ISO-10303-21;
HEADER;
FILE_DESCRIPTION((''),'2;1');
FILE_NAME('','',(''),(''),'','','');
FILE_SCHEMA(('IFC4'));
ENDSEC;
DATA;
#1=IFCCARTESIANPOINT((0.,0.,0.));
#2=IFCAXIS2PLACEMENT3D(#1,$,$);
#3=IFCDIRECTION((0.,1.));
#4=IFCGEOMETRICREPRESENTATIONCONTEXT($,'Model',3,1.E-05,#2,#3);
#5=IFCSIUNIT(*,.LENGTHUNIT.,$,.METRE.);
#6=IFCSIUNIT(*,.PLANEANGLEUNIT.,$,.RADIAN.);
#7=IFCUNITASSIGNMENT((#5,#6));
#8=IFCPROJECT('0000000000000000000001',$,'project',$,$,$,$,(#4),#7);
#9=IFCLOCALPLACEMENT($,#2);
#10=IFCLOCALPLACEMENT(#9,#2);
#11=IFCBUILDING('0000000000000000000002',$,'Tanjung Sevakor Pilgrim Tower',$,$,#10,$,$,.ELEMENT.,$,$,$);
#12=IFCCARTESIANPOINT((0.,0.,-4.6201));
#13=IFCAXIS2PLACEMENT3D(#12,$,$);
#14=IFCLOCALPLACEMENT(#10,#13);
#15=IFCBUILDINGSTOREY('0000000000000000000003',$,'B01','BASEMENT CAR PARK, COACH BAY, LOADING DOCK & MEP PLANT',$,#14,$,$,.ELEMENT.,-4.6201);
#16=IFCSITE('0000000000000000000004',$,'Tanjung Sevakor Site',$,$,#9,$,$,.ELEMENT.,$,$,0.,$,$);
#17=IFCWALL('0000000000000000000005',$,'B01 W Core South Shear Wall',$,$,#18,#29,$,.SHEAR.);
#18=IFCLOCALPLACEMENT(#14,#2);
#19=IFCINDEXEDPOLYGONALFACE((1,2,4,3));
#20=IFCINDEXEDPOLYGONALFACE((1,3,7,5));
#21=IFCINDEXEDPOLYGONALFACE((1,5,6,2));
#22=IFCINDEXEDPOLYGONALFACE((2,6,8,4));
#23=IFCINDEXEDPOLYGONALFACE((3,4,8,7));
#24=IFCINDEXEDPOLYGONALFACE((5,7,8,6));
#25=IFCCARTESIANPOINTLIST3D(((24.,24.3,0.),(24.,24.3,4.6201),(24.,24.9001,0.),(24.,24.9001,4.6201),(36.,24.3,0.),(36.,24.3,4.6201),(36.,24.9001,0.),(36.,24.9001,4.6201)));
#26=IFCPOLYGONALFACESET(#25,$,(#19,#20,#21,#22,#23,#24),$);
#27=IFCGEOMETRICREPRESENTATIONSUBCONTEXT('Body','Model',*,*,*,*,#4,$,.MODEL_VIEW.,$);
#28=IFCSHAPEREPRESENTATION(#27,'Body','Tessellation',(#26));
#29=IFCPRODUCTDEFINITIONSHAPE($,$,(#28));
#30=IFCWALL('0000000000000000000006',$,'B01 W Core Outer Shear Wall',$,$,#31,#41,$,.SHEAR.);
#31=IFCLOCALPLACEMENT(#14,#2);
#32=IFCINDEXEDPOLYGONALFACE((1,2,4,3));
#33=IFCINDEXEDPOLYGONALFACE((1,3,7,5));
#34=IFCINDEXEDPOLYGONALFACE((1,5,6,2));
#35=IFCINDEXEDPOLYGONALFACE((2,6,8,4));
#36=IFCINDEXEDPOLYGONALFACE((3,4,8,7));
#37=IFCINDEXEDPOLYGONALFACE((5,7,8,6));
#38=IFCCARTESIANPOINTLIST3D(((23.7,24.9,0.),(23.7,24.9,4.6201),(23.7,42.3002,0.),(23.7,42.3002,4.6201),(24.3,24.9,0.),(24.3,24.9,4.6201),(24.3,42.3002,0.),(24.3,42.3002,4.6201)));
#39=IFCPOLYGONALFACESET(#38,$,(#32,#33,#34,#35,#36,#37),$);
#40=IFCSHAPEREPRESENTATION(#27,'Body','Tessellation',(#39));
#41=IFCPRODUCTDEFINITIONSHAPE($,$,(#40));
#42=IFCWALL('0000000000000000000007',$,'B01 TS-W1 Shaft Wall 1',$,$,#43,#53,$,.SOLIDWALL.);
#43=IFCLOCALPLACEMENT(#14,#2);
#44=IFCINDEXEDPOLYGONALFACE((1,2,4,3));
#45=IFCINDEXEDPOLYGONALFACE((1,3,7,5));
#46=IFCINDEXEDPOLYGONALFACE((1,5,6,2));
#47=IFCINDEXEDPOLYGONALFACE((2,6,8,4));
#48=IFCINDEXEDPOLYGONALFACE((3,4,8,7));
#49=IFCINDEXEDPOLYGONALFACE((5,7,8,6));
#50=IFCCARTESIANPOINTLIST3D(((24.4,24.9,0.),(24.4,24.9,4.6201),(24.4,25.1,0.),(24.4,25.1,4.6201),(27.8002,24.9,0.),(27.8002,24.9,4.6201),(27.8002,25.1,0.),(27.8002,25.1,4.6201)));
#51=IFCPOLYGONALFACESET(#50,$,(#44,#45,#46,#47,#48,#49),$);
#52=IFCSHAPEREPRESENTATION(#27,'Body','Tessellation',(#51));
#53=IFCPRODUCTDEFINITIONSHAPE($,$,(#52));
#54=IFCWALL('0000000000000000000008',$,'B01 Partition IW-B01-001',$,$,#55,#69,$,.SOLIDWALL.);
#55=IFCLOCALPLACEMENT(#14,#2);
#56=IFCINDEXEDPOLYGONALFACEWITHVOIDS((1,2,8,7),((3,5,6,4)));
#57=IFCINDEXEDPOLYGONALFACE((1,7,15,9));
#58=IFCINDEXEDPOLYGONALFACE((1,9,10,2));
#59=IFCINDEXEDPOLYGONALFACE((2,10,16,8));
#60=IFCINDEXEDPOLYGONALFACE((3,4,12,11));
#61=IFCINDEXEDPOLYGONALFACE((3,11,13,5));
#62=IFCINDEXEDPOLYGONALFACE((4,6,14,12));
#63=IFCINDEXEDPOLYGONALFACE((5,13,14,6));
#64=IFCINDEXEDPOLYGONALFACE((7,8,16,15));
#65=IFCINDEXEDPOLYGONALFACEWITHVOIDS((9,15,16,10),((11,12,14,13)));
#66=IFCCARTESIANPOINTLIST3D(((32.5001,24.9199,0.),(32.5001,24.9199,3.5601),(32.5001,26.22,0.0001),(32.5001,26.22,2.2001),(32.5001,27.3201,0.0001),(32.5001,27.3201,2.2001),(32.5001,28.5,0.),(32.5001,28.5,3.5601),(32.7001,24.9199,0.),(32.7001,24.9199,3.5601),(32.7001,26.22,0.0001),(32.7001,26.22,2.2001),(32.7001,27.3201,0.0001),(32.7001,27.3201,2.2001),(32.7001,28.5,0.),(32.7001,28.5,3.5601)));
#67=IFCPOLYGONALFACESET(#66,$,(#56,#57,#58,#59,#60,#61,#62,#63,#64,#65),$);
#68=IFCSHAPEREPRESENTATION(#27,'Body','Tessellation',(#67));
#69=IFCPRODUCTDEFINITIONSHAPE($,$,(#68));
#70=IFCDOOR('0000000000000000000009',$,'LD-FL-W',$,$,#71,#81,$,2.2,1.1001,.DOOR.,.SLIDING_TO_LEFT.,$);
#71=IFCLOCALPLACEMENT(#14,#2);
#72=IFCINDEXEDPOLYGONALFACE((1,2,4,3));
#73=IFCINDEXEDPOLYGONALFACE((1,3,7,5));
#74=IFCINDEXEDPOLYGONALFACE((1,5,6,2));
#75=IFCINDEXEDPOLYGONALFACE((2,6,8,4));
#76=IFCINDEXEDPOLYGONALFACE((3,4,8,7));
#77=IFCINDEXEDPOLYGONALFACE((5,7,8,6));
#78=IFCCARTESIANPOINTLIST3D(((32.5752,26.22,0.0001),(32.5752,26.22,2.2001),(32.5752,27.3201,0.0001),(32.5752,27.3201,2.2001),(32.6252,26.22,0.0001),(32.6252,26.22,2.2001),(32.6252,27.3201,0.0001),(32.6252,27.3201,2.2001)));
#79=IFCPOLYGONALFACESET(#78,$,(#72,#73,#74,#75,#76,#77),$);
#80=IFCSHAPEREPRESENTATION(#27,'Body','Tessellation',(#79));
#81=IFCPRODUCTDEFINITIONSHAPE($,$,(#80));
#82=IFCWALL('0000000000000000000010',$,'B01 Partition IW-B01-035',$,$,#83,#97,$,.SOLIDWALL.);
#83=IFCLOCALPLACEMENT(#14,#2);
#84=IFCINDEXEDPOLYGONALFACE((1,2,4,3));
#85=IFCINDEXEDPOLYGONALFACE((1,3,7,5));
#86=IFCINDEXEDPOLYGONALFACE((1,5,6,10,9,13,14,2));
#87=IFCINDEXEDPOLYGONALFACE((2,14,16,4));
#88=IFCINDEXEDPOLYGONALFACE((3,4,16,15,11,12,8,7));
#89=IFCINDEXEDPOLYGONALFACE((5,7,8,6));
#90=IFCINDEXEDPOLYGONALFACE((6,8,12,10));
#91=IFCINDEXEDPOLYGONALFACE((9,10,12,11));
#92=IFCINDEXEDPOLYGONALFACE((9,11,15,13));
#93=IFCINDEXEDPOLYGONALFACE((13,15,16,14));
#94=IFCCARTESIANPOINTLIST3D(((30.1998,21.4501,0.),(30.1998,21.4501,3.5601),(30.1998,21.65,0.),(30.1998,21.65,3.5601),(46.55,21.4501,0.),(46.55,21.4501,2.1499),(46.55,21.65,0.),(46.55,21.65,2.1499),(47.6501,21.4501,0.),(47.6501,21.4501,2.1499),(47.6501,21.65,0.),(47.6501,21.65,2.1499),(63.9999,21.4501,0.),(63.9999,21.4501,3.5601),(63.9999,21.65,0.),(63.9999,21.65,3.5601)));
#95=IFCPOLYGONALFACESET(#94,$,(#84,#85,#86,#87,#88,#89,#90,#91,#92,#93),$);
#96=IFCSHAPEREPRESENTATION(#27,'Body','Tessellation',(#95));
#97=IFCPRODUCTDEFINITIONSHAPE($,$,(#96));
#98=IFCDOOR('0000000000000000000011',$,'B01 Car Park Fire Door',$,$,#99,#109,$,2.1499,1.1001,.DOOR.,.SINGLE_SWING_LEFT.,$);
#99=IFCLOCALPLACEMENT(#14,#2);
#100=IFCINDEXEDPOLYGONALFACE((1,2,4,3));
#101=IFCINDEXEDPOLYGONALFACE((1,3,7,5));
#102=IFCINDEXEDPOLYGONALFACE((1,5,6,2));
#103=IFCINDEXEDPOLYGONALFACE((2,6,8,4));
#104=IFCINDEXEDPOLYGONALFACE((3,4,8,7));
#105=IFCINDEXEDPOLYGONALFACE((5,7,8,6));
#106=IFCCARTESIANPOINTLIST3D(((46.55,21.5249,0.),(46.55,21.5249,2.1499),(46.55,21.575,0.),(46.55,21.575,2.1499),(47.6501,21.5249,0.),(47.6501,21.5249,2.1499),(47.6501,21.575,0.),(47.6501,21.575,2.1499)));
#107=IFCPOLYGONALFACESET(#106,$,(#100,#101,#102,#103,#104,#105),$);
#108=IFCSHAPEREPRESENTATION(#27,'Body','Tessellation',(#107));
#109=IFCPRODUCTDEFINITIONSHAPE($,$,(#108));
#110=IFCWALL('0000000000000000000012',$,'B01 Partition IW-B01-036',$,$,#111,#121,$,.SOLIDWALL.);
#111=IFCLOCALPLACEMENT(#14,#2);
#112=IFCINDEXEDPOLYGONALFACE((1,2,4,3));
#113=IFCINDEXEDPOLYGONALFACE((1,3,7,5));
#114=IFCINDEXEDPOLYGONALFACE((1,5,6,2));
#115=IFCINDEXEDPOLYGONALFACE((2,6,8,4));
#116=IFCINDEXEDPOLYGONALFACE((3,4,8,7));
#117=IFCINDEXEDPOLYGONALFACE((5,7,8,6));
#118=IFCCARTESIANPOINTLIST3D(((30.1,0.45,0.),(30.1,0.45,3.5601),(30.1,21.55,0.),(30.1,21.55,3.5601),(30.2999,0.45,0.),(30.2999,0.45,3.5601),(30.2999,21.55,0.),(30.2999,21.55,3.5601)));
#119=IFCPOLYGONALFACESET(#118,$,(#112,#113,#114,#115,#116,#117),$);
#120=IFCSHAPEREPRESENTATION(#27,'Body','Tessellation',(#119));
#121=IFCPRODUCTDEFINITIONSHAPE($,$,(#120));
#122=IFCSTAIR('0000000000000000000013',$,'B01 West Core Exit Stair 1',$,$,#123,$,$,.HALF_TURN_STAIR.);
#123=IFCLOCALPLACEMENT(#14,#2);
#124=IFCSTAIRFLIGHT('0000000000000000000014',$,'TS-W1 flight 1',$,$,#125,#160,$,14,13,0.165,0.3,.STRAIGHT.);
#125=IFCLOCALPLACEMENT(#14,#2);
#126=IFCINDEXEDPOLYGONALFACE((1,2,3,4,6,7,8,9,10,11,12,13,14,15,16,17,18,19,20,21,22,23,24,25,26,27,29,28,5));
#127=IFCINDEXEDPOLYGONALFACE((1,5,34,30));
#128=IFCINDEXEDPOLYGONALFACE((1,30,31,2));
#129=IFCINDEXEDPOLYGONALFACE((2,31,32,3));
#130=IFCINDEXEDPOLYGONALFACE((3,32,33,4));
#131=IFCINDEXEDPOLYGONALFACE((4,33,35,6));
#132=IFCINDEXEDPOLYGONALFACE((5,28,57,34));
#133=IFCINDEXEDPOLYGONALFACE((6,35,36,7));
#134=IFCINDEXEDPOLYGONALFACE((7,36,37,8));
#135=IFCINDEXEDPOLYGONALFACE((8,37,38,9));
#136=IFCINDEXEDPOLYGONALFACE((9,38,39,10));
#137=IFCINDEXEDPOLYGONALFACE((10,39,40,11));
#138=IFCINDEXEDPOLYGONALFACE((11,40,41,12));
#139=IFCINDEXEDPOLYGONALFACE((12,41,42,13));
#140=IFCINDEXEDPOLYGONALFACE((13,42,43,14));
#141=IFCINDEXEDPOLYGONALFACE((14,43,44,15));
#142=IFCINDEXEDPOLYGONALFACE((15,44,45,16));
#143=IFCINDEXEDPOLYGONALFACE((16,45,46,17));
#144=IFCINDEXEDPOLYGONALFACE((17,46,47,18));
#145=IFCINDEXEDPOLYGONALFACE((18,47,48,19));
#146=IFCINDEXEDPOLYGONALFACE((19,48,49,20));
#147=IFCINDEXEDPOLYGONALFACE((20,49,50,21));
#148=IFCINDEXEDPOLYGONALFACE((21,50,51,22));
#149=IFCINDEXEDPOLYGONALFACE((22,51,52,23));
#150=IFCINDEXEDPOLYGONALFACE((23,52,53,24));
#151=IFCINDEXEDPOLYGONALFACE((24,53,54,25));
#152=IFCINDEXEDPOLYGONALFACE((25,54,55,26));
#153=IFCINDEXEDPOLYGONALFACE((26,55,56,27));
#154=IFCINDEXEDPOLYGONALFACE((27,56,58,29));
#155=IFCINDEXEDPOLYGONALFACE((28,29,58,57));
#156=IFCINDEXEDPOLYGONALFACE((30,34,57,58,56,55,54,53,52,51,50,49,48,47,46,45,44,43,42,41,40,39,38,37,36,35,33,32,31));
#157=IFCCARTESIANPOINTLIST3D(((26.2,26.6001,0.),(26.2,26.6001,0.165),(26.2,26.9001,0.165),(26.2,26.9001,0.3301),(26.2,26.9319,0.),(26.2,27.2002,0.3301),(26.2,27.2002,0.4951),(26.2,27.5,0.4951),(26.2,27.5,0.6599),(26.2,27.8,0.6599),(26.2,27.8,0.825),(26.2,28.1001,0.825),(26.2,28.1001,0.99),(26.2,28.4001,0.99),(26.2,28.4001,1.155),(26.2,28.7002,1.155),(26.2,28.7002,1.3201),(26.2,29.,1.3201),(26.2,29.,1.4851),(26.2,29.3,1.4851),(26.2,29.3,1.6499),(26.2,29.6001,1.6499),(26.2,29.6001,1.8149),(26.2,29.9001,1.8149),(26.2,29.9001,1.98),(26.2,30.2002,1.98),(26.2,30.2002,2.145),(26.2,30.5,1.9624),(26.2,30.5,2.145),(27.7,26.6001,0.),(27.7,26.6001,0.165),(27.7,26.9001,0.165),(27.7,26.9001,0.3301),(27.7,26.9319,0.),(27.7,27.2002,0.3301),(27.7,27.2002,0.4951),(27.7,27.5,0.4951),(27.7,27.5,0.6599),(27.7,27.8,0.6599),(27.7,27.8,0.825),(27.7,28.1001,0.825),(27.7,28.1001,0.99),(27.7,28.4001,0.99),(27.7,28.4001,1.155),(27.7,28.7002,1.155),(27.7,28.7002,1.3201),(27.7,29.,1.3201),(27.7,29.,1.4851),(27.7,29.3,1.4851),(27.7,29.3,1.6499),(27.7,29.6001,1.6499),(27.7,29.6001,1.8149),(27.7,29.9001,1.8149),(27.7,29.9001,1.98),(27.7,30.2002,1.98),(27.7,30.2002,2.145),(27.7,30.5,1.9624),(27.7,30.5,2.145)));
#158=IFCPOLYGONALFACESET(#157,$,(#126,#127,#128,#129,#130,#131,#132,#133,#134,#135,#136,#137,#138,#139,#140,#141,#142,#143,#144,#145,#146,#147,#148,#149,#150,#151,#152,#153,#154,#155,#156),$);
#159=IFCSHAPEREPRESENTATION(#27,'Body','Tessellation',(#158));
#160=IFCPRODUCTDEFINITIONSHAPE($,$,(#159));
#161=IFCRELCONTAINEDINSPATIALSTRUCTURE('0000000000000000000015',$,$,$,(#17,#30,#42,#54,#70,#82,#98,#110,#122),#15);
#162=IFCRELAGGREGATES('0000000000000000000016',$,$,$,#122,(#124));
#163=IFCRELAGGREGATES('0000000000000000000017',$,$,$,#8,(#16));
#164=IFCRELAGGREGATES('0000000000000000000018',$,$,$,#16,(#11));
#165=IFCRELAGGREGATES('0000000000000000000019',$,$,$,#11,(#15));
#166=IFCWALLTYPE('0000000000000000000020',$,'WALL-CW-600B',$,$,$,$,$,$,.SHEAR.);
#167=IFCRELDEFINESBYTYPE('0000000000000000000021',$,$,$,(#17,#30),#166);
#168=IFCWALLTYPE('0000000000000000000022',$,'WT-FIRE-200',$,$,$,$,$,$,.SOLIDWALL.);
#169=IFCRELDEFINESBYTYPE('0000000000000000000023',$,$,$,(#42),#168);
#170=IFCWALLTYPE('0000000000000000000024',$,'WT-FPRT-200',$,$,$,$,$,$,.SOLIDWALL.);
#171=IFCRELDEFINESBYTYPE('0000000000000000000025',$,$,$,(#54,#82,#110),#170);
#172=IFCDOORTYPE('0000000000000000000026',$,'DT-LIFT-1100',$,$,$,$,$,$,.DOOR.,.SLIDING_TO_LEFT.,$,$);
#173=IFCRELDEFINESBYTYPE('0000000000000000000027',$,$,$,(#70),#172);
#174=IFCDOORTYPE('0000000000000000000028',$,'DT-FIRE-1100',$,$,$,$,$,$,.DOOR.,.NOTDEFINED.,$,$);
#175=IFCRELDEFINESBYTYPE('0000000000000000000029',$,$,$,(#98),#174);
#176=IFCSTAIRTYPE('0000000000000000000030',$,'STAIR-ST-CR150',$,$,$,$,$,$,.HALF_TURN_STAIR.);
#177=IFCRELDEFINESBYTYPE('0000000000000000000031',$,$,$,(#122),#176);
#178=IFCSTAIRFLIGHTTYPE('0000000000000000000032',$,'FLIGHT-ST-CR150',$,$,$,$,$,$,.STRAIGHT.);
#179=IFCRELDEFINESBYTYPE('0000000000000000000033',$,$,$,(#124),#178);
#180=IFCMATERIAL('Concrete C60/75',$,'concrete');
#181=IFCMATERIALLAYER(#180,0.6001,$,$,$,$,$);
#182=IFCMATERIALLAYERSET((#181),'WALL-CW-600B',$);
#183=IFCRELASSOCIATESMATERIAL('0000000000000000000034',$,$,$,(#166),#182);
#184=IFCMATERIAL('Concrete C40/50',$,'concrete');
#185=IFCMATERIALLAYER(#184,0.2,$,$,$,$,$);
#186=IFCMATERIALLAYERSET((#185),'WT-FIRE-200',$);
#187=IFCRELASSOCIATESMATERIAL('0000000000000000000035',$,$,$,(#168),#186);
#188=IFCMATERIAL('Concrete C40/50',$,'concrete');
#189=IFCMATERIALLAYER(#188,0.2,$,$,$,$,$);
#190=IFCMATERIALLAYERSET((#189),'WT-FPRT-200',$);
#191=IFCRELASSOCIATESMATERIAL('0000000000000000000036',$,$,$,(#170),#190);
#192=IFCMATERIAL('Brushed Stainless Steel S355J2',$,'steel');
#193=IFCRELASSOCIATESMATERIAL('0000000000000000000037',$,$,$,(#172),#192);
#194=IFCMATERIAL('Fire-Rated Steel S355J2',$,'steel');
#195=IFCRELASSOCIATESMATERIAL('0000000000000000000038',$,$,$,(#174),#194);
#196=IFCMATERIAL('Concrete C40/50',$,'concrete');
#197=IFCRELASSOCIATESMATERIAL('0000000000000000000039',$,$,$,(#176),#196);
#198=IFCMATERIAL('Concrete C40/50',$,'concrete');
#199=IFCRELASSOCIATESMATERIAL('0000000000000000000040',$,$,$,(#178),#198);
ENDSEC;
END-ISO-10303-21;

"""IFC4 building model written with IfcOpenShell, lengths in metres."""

from ifc_helpers import new_model, si_unit, direction, frame, frame_2d, origin, place, context, subcontext, project, spatial, polyline, rectangle, outline, extrude, material, layer, layer_set, type_object, element, fill, aggregate, save


model = new_model("IFC4")

# Units and contexts
model_context = context("Model", 3, precision=1e-05, world=origin(), true_north=direction((0.0, 1.0)))
body_context = subcontext(model_context, "Body", "Model", "MODEL_VIEW")
ifc_project = project(units=[si_unit("LENGTHUNIT", "METRE"), si_unit("PLANEANGLEUNIT", "RADIAN")], contexts=[model_context])

# Site, building, storey
site_placement = place(None, origin())
site = spatial("IfcSite", under=ifc_project, at=site_placement, Name="Tanjung Sevakor Site", CompositionType="ELEMENT", RefElevation=0.0)
building_placement = place(site_placement, origin())
building = spatial("IfcBuilding", under=site, at=building_placement, Name="Tanjung Sevakor Pilgrim Tower", CompositionType="ELEMENT")
storey_placement = place(building_placement, frame((0.0, 0.0, -4.6201)))
storey = spatial("IfcBuildingStorey", under=building, at=storey_placement, Name="B01", Description="BASEMENT CAR PARK, COACH BAY, LOADING DOCK & MEP PLANT", CompositionType="ELEMENT", Elevation=-4.6201)

# Walls
ifc_material_1 = material(Name="Concrete C60/75", Category="concrete")
ifc_layer_1 = layer(ifc_material_1, 0.6001)
ifc_layer_set_1 = layer_set([ifc_layer_1], Name="WALL-CW-600B")
wall_type_1 = type_object("IfcWallType", Name="WALL-CW-600B", PredefinedType="SHEAR", material=ifc_layer_set_1)
wall_1_placement = place(storey_placement, frame((24.0, 24.6001, 0.0), z_axis=(0.0, 0.0, 1.0), x_axis=(1.0, 0.0, 0.0)))
element("IfcWall", 1, at=wall_1_placement, inside=storey, type_object=wall_type_1, Name="B01 W Core South Shear Wall", PredefinedType="SHEAR", context=body_context, shape_type="SweptSolid", body=[
    extrude(rectangle(XDim=12.0, YDim=0.6001, at=frame_2d((6.0, 0.0))), origin(), (0.0, 0.0, 1.0), 4.6201),
])
wall_2_placement = place(storey_placement, frame((24.0, 24.8999, 0.0), z_axis=(0.0, 0.0, 1.0), x_axis=(0.0, 1.0, 0.0)))
element("IfcWall", 2, at=wall_2_placement, inside=storey, type_object=wall_type_1, Name="B01 W Core Outer Shear Wall", PredefinedType="SHEAR", context=body_context, shape_type="SweptSolid", body=[
    extrude(rectangle(XDim=17.4001, YDim=0.6001, at=frame_2d((8.7002, 0.0))), origin(), (0.0, 0.0, 1.0), 4.6201),
])

# Wall
ifc_material_2 = material(Name="Concrete C40/50", Category="concrete")
ifc_layer_2 = layer(ifc_material_2, 0.2)
ifc_layer_set_2 = layer_set([ifc_layer_2], Name="WT-FIRE-200")
wall_type_2 = type_object("IfcWallType", Name="WT-FIRE-200", PredefinedType="SOLIDWALL", material=ifc_layer_set_2)
wall_3_placement = place(storey_placement, frame((24.3999, 25.0, 0.0), z_axis=(0.0, 0.0, 1.0), x_axis=(1.0, 0.0, 0.0)))
element("IfcWall", 3, at=wall_3_placement, inside=storey, type_object=wall_type_2, Name="B01 TS-W1 Shaft Wall 1", PredefinedType="SOLIDWALL", context=body_context, shape_type="SweptSolid", body=[
    extrude(rectangle(XDim=3.4001, YDim=0.2, at=frame_2d((1.7002, 0.0))), origin(), (0.0, 0.0, 1.0), 4.6201),
])

# Walls, openings, doors
ifc_material_3 = material(Name="Concrete C40/50", Category="concrete")
ifc_layer_3 = layer(ifc_material_3, 0.2)
ifc_layer_set_3 = layer_set([ifc_layer_3], Name="WT-FPRT-200")
wall_type_3 = type_object("IfcWallType", Name="WT-FPRT-200", PredefinedType="SOLIDWALL", material=ifc_layer_set_3)
wall_4_placement = place(storey_placement, frame((32.6001, 24.9199, 0.0), z_axis=(0.0, 0.0, 1.0), x_axis=(0.0, 1.0, 0.0)))
wall_4 = element("IfcWall", 4, at=wall_4_placement, inside=storey, type_object=wall_type_3, Name="B01 Partition IW-B01-001", PredefinedType="SOLIDWALL", context=body_context, shape_type="SweptSolid", body=[
    extrude(rectangle(XDim=3.5801, YDim=0.2, at=frame_2d((1.79, 0.0))), origin(), (0.0, 0.0, 1.0), 3.5601),
])
opening_1_placement = place(wall_4_placement, frame((1.3, 0.0, 0.0)))
opening_1 = element("IfcOpeningElement", 5, at=opening_1_placement, cuts=wall_4, PredefinedType="OPENING", context=body_context, shape_type="SweptSolid", body=[
    extrude(rectangle(XDim=1.1001, YDim=2.2, at=frame_2d((0.55, 1.1001))), frame((0.0, 0.1099, 0.0), z_axis=(0.0, -1.0, 0.0), x_axis=(1.0, 0.0, 0.0)), (0.0, 0.0, 1.0), 0.22),
])
ifc_material_4 = material(Name="Brushed Stainless Steel S355J2", Category="steel")
door_type_1 = type_object("IfcDoorType", Name="DT-LIFT-1100", OperationType="SLIDING_TO_LEFT", PredefinedType="DOOR", material=ifc_material_4)
door_1_placement = place(opening_1_placement, origin())
door_1 = element("IfcDoor", 6, at=door_1_placement, inside=storey, type_object=door_type_1, Name="LD-FL-W", OperationType="SLIDING_TO_LEFT", OverallHeight=2.2, OverallWidth=1.1001, PredefinedType="DOOR", context=body_context, shape_type="SweptSolid", body=[
    extrude(rectangle(XDim=1.1001, YDim=2.2, at=frame_2d((0.55, 1.1001))), frame((0.0, 0.0249, 0.0), z_axis=(0.0, -1.0, 0.0), x_axis=(1.0, 0.0, 0.0)), (0.0, 0.0, 1.0), 0.05),
])
fill(opening_1, door_1)
wall_5_placement = place(storey_placement, frame((30.2, 21.55, 0.0), z_axis=(0.0, 0.0, 1.0), x_axis=(1.0, 0.0, 0.0)))
wall_5 = element("IfcWall", 7, at=wall_5_placement, inside=storey, type_object=wall_type_3, Name="B01 Partition IW-B01-035", PredefinedType="SOLIDWALL", context=body_context, shape_type="SweptSolid", body=[
    extrude(rectangle(XDim=33.8, YDim=0.2, at=frame_2d((16.8999, 0.0))), origin(), (0.0, 0.0, 1.0), 3.5601),
])
opening_2_placement = place(wall_5_placement, frame((16.3501, 0.0, 0.0)))
opening_2 = element("IfcOpeningElement", 8, at=opening_2_placement, cuts=wall_5, PredefinedType="OPENING", context=body_context, shape_type="SweptSolid", body=[
    extrude(rectangle(XDim=1.1001, YDim=2.1499, at=frame_2d((0.55, 1.075))), frame((0.0, 0.1099, 0.0), z_axis=(0.0, -1.0, 0.0), x_axis=(1.0, 0.0, 0.0)), (0.0, 0.0, 1.0), 0.22),
])
ifc_material_5 = material(Name="Fire-Rated Steel S355J2", Category="steel")
door_type_2 = type_object("IfcDoorType", Name="DT-FIRE-1100", OperationType="NOTDEFINED", PredefinedType="DOOR", material=ifc_material_5)
door_2_placement = place(opening_2_placement, origin())
door_2 = element("IfcDoor", 9, at=door_2_placement, inside=storey, type_object=door_type_2, Name="B01 Car Park Fire Door", OperationType="SINGLE_SWING_LEFT", OverallHeight=2.1499, OverallWidth=1.1001, PredefinedType="DOOR", context=body_context, shape_type="SweptSolid", body=[
    extrude(rectangle(XDim=1.1001, YDim=2.1499, at=frame_2d((0.55, 1.075))), frame((0.0, 0.0249, 0.0), z_axis=(0.0, -1.0, 0.0), x_axis=(1.0, 0.0, 0.0)), (0.0, 0.0, 1.0), 0.05),
])
fill(opening_2, door_2)

# Wall
wall_6_placement = place(storey_placement, frame((30.2, 0.45, 0.0), z_axis=(0.0, 0.0, 1.0), x_axis=(0.0, 1.0, 0.0)))
element("IfcWall", 10, at=wall_6_placement, inside=storey, type_object=wall_type_3, Name="B01 Partition IW-B01-036", PredefinedType="SOLIDWALL", context=body_context, shape_type="SweptSolid", body=[
    extrude(rectangle(XDim=21.1001, YDim=0.2, at=frame_2d((10.55, 0.0))), origin(), (0.0, 0.0, 1.0), 3.5601),
])

# Stair, stair flight
ifc_material_6 = material(Name="Concrete C40/50", Category="concrete")
stair_type = type_object("IfcStairType", Name="STAIR-ST-CR150", PredefinedType="HALF_TURN_STAIR", material=ifc_material_6)
stair_placement = place(storey_placement, origin())
stair = element("IfcStair", 11, at=stair_placement, inside=storey, type_object=stair_type, Name="B01 West Core Exit Stair 1", PredefinedType="HALF_TURN_STAIR")
ifc_material_7 = material(Name="Concrete C40/50", Category="concrete")
stair_flight_type = type_object("IfcStairFlightType", Name="FLIGHT-ST-CR150", PredefinedType="STRAIGHT", material=ifc_material_7)
stair_flight_placement = place(storey_placement, frame((26.95, 26.6001, 0.0), z_axis=(0.0, 0.0, 1.0), x_axis=(0.0, 1.0, 0.0)))
stair_flight = element("IfcStairFlight", 12, at=stair_flight_placement, type_object=stair_flight_type, Name="TS-W1 flight 1", NumberOfRisers=14, NumberOfTreads=13, PredefinedType="STRAIGHT", RiserHeight=0.165, TreadLength=0.3, context=body_context, shape_type="SweptSolid", body=[
    extrude(outline(polyline([(0.0, 0.0), (0.0, 0.165), (0.3, 0.165), (0.3, 0.3301), (0.6001, 0.3301), (0.6001, 0.4951), (0.8999, 0.4951), (0.8999, 0.6599), (1.2, 0.6599), (1.2, 0.825), (1.5, 0.825), (1.5, 0.99), (1.8, 0.99), (1.8, 1.155), (2.1001, 1.155), (2.1001, 1.3201), (2.3999, 1.3201), (2.3999, 1.4851), (2.7, 1.4851), (2.7, 1.6499), (3.0, 1.6499), (3.0, 1.8149), (3.3, 1.8149), (3.3, 1.98), (3.6001, 1.98), (3.6001, 2.145), (3.8999, 2.145), (3.8999, 2.3101), (3.8999, 1.9624), (0.3318, 0.0), (0.0, 0.0)])), frame((0.0, 0.75, 0.0), z_axis=(0.0, -1.0, 0.0), x_axis=(1.0, 0.0, 0.0)), (0.0, 0.0, 1.0), 1.5),
])
aggregate(stair, [stair_flight])

save(model, "model.ifc")
